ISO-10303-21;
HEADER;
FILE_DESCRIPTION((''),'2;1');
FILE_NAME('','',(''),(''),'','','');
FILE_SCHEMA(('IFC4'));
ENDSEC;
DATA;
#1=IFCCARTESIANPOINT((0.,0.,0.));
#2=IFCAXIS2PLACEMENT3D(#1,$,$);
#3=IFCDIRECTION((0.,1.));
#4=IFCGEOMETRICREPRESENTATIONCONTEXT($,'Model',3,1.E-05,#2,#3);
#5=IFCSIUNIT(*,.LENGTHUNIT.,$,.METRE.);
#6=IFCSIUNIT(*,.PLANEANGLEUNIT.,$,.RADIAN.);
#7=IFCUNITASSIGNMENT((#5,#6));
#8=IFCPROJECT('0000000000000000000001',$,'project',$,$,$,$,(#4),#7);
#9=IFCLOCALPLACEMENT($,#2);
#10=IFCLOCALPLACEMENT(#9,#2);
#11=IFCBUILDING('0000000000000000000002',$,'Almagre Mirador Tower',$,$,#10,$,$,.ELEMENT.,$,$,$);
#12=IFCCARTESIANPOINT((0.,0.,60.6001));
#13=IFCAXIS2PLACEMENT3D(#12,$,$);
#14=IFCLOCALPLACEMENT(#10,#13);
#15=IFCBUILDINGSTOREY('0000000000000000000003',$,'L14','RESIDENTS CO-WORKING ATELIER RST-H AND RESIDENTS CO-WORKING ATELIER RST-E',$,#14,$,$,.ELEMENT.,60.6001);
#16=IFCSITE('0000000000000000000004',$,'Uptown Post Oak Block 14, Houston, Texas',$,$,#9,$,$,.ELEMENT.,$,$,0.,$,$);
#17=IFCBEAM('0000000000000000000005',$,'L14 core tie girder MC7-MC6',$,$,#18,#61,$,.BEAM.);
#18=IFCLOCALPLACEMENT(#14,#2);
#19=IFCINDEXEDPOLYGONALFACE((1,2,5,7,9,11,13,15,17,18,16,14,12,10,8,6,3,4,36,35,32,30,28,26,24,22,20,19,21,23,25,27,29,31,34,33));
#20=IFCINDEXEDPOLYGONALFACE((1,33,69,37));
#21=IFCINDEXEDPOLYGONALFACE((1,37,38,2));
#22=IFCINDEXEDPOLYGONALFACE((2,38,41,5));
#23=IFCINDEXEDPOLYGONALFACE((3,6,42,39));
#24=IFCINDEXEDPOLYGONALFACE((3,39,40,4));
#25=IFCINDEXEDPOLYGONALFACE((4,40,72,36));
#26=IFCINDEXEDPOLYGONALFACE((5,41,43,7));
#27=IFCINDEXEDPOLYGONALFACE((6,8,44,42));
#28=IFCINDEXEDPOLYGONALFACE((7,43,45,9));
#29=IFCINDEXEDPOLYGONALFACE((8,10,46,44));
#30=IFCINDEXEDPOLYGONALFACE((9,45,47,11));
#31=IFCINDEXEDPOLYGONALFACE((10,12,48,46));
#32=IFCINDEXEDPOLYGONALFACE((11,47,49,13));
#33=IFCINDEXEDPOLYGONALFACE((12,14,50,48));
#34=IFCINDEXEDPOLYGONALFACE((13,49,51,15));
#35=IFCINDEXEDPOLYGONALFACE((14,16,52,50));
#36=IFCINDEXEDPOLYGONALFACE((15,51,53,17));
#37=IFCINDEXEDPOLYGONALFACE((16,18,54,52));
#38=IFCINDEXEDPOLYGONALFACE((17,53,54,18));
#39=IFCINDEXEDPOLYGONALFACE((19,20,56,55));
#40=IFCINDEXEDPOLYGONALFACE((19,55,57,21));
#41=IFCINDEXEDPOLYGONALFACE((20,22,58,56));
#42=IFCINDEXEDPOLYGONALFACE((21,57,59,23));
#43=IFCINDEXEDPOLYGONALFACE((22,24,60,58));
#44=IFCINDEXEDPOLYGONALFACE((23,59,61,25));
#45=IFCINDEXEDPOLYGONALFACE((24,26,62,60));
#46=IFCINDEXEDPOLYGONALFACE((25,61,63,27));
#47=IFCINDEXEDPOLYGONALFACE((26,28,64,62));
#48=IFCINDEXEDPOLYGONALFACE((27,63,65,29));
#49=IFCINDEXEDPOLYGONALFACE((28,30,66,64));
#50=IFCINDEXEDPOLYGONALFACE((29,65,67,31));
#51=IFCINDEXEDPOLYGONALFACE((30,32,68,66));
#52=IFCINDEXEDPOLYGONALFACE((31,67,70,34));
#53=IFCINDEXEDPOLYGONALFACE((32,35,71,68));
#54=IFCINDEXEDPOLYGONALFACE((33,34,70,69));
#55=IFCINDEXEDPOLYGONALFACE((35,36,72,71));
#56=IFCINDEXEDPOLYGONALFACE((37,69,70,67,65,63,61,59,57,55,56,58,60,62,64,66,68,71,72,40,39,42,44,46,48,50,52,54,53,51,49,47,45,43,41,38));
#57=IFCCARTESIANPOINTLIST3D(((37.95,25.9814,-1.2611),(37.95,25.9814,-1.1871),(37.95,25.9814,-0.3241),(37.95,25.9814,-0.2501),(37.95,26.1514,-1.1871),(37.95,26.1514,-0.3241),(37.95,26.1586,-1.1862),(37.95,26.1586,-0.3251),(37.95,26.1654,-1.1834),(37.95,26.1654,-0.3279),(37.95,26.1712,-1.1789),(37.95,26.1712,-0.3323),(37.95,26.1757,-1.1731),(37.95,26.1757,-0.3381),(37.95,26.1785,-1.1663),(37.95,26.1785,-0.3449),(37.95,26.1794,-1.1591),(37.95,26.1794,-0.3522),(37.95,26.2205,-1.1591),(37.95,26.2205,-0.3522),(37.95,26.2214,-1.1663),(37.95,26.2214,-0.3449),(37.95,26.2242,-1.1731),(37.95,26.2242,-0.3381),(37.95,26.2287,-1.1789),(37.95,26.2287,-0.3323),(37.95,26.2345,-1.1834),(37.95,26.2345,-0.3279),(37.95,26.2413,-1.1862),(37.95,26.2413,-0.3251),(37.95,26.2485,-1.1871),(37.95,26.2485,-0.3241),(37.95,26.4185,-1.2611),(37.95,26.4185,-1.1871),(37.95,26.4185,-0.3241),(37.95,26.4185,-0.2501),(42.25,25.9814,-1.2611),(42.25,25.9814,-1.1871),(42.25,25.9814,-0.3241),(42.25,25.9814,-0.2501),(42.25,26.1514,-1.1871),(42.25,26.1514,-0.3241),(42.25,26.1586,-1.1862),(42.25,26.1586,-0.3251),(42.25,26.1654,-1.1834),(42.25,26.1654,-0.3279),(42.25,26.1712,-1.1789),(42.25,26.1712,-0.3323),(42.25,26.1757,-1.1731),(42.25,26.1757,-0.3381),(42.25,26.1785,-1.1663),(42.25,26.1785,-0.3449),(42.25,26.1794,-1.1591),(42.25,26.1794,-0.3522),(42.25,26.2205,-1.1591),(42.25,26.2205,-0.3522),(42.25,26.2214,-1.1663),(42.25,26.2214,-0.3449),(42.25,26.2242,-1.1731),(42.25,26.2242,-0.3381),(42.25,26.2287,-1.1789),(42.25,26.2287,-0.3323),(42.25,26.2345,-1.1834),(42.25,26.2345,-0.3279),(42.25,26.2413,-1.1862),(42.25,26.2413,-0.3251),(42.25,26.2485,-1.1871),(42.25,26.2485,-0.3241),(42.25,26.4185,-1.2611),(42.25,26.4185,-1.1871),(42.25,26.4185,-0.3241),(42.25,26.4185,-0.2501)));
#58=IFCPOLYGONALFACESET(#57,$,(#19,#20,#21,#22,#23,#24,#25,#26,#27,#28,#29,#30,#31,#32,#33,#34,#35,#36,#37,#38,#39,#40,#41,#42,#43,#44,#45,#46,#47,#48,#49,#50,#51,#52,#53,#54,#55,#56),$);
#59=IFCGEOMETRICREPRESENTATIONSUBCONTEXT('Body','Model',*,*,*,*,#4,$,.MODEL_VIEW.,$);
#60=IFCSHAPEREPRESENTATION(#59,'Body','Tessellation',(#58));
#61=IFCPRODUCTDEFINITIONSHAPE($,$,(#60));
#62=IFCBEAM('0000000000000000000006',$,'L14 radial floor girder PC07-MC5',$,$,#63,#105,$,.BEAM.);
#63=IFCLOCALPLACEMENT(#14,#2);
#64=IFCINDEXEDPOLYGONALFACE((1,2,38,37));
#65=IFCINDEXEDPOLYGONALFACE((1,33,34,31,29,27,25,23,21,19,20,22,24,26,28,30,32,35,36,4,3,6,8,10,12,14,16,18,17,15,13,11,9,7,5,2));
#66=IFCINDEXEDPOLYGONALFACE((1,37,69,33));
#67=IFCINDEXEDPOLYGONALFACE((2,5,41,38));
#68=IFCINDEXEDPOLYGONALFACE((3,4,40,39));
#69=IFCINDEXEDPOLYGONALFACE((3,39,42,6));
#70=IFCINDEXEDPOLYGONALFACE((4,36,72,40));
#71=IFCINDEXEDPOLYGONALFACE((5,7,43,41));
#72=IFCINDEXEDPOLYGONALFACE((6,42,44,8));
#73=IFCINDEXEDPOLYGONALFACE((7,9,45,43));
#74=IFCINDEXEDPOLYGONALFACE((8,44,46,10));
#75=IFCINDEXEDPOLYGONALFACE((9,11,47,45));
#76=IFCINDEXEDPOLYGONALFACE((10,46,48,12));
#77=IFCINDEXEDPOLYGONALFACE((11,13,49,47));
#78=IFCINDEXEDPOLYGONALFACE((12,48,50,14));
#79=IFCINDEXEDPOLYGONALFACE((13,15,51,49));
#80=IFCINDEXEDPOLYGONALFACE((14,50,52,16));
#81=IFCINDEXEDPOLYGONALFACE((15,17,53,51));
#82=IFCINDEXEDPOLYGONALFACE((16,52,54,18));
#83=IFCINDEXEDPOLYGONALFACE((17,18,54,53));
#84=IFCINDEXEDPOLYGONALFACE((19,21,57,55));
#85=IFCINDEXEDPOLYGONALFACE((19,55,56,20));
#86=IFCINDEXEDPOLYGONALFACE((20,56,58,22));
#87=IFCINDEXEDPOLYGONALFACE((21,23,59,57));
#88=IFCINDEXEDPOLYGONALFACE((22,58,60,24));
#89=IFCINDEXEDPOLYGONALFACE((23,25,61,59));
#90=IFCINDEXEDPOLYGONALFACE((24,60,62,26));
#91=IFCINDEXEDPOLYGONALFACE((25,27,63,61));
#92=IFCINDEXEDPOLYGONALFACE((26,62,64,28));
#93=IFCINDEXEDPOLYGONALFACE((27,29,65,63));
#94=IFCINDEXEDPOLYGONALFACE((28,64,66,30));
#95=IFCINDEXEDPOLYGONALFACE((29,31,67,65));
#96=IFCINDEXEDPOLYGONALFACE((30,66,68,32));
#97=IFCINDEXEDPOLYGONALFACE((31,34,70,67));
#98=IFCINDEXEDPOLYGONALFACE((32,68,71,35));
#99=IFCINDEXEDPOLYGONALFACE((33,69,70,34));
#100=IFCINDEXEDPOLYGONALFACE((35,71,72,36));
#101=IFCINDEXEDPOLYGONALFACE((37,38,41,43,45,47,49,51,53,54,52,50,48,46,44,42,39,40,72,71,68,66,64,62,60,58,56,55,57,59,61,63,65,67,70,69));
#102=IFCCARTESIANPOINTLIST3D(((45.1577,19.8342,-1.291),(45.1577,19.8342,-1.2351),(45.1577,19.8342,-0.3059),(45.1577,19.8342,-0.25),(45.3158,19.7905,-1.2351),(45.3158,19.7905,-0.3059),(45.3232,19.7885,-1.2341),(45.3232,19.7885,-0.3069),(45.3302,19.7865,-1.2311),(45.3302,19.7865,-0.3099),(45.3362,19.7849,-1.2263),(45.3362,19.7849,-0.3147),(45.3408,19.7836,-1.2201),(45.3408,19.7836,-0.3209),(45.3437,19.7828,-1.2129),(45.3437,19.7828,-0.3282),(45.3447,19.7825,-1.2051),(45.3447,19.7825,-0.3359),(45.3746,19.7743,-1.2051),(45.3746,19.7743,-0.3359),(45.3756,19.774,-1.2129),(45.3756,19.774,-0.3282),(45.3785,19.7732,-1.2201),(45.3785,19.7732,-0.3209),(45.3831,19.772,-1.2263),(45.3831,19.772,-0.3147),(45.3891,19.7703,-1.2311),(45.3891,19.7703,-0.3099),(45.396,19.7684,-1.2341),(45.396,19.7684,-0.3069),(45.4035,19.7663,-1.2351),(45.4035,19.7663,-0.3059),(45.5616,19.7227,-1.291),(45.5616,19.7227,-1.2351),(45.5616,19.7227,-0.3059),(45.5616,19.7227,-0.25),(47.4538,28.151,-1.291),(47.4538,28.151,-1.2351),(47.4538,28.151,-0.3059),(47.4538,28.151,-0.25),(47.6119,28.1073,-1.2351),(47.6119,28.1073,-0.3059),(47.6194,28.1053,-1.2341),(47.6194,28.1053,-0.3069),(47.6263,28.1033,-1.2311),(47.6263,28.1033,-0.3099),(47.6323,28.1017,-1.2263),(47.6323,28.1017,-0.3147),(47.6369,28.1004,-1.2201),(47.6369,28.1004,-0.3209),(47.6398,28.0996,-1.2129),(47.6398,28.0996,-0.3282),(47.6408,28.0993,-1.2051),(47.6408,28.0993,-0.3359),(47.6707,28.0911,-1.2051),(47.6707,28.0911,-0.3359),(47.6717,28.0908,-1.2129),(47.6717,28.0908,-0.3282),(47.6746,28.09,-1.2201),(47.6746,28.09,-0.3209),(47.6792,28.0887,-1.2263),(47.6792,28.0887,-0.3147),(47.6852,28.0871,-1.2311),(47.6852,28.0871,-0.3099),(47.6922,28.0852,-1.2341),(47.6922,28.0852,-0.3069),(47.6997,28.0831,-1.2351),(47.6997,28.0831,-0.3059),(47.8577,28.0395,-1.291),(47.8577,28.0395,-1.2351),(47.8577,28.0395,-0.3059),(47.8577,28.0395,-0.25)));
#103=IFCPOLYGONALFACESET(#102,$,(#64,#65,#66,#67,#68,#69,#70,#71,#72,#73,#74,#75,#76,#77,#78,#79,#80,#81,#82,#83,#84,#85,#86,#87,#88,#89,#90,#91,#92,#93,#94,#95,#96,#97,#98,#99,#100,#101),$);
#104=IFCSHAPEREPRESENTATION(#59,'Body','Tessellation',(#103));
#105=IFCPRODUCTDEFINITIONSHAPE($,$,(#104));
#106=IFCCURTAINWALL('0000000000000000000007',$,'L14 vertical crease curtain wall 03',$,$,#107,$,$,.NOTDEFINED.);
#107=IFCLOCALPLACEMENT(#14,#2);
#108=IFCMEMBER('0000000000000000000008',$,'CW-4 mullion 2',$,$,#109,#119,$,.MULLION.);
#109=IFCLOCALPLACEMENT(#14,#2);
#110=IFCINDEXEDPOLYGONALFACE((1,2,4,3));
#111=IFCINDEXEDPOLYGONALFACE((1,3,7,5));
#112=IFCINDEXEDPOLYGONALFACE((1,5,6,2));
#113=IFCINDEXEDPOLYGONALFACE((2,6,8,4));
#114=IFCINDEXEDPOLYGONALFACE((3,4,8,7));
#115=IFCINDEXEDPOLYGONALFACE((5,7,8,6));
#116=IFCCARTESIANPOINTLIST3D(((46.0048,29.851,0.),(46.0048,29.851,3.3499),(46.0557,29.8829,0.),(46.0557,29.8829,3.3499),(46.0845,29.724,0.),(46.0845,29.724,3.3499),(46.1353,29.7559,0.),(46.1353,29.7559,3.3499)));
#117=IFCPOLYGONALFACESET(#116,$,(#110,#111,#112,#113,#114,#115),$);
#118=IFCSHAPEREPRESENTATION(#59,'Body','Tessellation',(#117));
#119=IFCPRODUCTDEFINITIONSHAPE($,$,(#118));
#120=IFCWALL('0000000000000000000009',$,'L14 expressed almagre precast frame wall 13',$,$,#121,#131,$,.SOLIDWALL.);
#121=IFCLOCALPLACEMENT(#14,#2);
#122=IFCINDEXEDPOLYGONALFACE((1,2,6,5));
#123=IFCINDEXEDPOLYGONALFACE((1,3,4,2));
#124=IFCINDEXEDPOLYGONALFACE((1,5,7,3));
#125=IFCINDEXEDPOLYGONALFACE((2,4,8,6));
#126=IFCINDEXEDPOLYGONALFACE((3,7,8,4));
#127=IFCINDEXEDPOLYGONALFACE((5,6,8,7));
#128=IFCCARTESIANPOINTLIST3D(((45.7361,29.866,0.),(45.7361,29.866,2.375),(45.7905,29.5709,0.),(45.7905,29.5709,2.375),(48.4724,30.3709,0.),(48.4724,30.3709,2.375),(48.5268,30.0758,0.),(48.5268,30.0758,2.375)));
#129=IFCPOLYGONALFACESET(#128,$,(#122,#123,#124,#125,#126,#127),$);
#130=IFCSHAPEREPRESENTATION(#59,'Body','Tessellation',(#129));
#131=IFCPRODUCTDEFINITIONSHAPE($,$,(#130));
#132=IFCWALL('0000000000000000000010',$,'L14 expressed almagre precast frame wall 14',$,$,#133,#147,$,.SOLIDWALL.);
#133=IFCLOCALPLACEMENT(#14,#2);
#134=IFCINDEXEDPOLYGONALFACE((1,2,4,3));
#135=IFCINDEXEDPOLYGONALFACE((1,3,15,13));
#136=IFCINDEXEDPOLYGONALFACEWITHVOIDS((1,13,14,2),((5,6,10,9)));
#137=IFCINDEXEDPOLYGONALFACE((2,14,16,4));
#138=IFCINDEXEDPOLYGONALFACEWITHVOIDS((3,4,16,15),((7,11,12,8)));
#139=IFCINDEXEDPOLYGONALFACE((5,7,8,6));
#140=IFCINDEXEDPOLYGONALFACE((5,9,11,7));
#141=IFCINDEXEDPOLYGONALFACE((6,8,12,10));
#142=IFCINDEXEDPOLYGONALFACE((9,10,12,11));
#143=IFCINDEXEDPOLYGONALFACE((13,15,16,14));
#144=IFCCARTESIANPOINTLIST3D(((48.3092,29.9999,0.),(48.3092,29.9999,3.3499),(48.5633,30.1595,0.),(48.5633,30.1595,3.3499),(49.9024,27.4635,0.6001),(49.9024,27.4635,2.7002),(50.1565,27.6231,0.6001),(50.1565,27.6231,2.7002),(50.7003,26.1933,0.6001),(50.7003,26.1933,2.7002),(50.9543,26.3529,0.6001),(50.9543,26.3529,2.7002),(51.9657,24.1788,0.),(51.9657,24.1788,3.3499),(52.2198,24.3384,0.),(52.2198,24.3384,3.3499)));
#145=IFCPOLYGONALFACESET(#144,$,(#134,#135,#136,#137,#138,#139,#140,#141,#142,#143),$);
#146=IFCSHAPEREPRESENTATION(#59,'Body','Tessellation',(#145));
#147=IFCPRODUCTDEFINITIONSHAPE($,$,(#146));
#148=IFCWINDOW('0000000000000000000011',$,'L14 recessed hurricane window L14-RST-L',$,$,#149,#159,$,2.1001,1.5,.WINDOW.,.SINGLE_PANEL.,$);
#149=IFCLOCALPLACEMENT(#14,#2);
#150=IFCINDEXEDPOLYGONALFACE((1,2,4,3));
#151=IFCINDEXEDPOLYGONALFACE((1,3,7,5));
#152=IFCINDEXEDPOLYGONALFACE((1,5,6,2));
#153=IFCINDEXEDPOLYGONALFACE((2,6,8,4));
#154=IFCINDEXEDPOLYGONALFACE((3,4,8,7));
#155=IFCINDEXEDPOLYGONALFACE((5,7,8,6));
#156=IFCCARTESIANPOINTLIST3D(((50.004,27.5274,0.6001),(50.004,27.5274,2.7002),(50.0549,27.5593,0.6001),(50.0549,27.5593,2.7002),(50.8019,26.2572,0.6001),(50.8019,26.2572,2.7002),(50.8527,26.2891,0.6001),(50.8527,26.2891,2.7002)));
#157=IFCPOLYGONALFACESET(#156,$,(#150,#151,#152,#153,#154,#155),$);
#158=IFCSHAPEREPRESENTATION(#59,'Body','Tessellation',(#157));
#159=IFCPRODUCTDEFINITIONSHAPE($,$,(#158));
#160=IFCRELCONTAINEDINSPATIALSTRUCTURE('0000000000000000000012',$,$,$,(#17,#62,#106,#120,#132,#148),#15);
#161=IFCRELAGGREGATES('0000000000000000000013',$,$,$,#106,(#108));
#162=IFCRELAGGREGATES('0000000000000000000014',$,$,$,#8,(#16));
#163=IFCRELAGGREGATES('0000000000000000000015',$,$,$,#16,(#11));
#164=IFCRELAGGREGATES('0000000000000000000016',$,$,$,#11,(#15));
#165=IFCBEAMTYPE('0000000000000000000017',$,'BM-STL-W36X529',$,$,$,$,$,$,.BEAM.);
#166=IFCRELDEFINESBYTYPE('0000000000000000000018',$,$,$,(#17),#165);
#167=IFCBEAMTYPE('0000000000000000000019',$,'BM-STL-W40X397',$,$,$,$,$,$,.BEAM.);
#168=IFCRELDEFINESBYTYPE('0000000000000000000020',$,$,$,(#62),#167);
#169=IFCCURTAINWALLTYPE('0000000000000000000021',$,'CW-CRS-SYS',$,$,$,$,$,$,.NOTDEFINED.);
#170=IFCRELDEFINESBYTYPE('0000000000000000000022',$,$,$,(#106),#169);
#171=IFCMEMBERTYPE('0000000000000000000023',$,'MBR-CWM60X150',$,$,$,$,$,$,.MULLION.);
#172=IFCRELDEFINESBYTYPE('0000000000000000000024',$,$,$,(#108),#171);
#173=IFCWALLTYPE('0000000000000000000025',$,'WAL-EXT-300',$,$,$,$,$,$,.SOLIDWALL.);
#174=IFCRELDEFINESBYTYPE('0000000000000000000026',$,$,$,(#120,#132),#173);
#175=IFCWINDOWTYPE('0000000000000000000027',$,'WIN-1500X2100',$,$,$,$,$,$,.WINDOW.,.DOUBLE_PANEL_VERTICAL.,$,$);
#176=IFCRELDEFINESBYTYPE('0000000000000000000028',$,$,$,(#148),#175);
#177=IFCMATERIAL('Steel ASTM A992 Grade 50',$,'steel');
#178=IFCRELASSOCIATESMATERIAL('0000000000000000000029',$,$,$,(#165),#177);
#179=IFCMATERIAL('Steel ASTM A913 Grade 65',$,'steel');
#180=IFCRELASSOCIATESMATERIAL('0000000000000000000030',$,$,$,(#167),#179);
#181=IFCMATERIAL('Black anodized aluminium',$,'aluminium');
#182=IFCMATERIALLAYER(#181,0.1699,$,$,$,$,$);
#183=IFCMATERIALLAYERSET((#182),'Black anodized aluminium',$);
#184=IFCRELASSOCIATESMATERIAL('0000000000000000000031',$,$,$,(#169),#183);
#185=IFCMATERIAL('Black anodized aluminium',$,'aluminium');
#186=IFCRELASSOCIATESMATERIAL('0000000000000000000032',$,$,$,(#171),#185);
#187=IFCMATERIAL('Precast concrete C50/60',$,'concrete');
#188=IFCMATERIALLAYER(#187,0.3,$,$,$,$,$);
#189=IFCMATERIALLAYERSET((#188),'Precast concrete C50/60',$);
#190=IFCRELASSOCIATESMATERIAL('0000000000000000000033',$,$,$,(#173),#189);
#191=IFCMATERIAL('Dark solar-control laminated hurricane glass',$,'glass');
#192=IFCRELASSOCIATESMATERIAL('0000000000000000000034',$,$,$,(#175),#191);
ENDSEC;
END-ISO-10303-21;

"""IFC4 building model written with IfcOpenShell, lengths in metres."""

from ifc_helpers import new_model, si_unit, direction, frame, frame_2d, origin, origin_2d, place, context, subcontext, project, spatial, rectangle, i_section, extrude, material, layer, layer_set, material_profile, profile_set, type_object, element, fill, aggregate, save


model = new_model("IFC4")

# Units and contexts
model_context = context("Model", 3, precision=1e-05, world=origin(), true_north=direction((0.0, 1.0)))
body_context = subcontext(model_context, "Body", "Model", "MODEL_VIEW")
ifc_project = project(units=[si_unit("LENGTHUNIT", "METRE"), si_unit("PLANEANGLEUNIT", "RADIAN")], contexts=[model_context])

# Site, building, storey
site_placement = place(None, origin())
site = spatial("IfcSite", under=ifc_project, at=site_placement, Name="Uptown Post Oak Block 14, Houston, Texas", CompositionType="ELEMENT", RefElevation=0.0)
building_placement = place(site_placement, origin())
building = spatial("IfcBuilding", under=site, at=building_placement, Name="Almagre Mirador Tower", CompositionType="ELEMENT")
storey_placement = place(building_placement, frame((0.0, 0.0, 60.6001)))
storey = spatial("IfcBuildingStorey", under=building, at=storey_placement, Name="L14", Description="RESIDENTS CO-WORKING ATELIER RST-H AND RESIDENTS CO-WORKING ATELIER RST-E", CompositionType="ELEMENT", Elevation=60.6001)

# Beams
ifc_material_1 = material(Name="Steel ASTM A992 Grade 50", Category="steel")
ifc_material_profile_1 = material_profile(ifc_material_1, i_section(OverallWidth=0.437, OverallDepth=1.011, WebThickness=0.041, FlangeThickness=0.074, FilletRadius=0.0281, at=origin_2d()), Name="W36X529")
ifc_profile_set_1 = profile_set([ifc_material_profile_1], Name="Steel ASTM A992 Grade 50")
beam_type_1 = type_object("IfcBeamType", Name="BM-STL-W36X529", PredefinedType="BEAM", material=ifc_profile_set_1)
beam_1_placement = place(storey_placement, frame((37.95, 26.2, -0.7556), z_axis=(1.0, 0.0, 0.0), x_axis=(0.0, 1.0, 0.0)))
element("IfcBeam", 1, at=beam_1_placement, inside=storey, type_object=beam_type_1, Name="L14 core tie girder MC7-MC6", PredefinedType="BEAM", context=body_context, shape_type="SweptSolid", body=[
    extrude(i_section(OverallWidth=0.437, OverallDepth=1.011, WebThickness=0.041, FlangeThickness=0.074, FilletRadius=0.0281, at=origin_2d()), origin(), (0.0, 0.0, 1.0), 4.3),
])
ifc_material_2 = material(Name="Steel ASTM A913 Grade 65", Category="steel")
ifc_material_profile_2 = material_profile(ifc_material_2, i_section(OverallWidth=0.4189, OverallDepth=1.041, WebThickness=0.031, FlangeThickness=0.0559, FilletRadius=0.03, at=origin_2d()), Name="W40X397")
ifc_profile_set_2 = profile_set([ifc_material_profile_2], Name="Steel ASTM A913 Grade 65")
beam_type_2 = type_object("IfcBeamType", Name="BM-STL-W40X397", PredefinedType="BEAM", material=ifc_profile_set_2)
beam_2_placement = place(storey_placement, frame((47.6558, 28.0952, -0.7705), z_axis=(-0.266126, -0.963938, 0.0), x_axis=(0.963938, -0.266126, 0.0)))
element("IfcBeam", 2, at=beam_2_placement, inside=storey, type_object=beam_type_2, Name="L14 radial floor girder PC07-MC5", PredefinedType="BEAM", context=body_context, shape_type="SweptSolid", body=[
    extrude(i_section(OverallWidth=0.4189, OverallDepth=1.041, WebThickness=0.031, FlangeThickness=0.0559, FilletRadius=0.03, at=origin_2d()), origin(), (0.0, 0.0, 1.0), 8.6279),
])

# Curtain wall, member
ifc_material_3 = material(Name="Black anodized aluminium", Category="aluminium")
ifc_layer_1 = layer(ifc_material_3, 0.1699)
ifc_layer_set_1 = layer_set([ifc_layer_1], Name="Black anodized aluminium")
curtain_wall_type = type_object("IfcCurtainWallType", Name="CW-CRS-SYS", PredefinedType="NOTDEFINED", material=ifc_layer_set_1)
curtain_wall_placement = place(storey_placement, origin())
curtain_wall = element("IfcCurtainWall", 3, at=curtain_wall_placement, inside=storey, type_object=curtain_wall_type, Name="L14 vertical crease curtain wall 03", PredefinedType="NOTDEFINED")
ifc_material_4 = material(Name="Black anodized aluminium", Category="aluminium")
ifc_material_profile_3 = material_profile(ifc_material_4, rectangle(XDim=0.0601, YDim=0.1499, at=origin_2d()), Name="CWM60X150")
ifc_profile_set_3 = profile_set([ifc_material_profile_3], Name="Black anodized aluminium")
member_type = type_object("IfcMemberType", Name="MBR-CWM60X150", PredefinedType="MULLION", material=ifc_profile_set_3)
member_placement = place(storey_placement, frame((46.0701, 29.8035, 0.0), z_axis=(0.0, 0.0, 1.0), x_axis=(0.846975, 0.531632, 0.0)))
member = element("IfcMember", 4, at=member_placement, type_object=member_type, Name="CW-4 mullion 2", PredefinedType="MULLION", context=body_context, shape_type="SweptSolid", body=[
    extrude(rectangle(XDim=0.0601, YDim=0.1499, at=origin_2d()), origin(), (0.0, 0.0, 1.0), 3.3499),
])
aggregate(curtain_wall, [member])

# Wall
ifc_material_5 = material(Name="Precast concrete C50/60", Category="concrete")
ifc_layer_2 = layer(ifc_material_5, 0.3)
ifc_layer_set_2 = layer_set([ifc_layer_2], Name="Precast concrete C50/60")
wall_type_1 = type_object("IfcWallType", Name="WAL-EXT-300", PredefinedType="SOLIDWALL", material=ifc_layer_set_2)
wall_1_placement = place(storey_placement, frame((45.7634, 29.7185, 0.0), z_axis=(0.0, 0.0, 1.0), x_axis=(0.9834, 0.181448, 0.0)))
element("IfcWall", 5, at=wall_1_placement, inside=storey, type_object=wall_type_1, Name="L14 expressed almagre precast frame wall 13", PredefinedType="SOLIDWALL", context=body_context, shape_type="SweptSolid", body=[
    extrude(rectangle(XDim=2.7825, YDim=0.3, at=frame_2d((1.3911, 0.0))), origin(), (0.0, 0.0, 1.0), 2.375),
])

# Wall, opening, window
wall_2_placement = place(storey_placement, frame((48.4363, 30.0796, 0.0), z_axis=(0.0, 0.0, 1.0), x_axis=(0.531916, -0.846797, 0.0)))
wall_2 = element("IfcWall", 6, at=wall_2_placement, inside=storey, type_object=wall_type_1, Name="L14 expressed almagre precast frame wall 14", PredefinedType="SOLIDWALL", context=body_context, shape_type="SweptSolid", body=[
    extrude(rectangle(XDim=6.8743, YDim=0.3, at=frame_2d((3.437, 0.0))), origin(), (0.0, 0.0, 1.0), 3.3499),
])
opening_1_placement = place(wall_2_placement, frame((2.9951, 0.0, 0.6001)))
opening_1 = element("IfcOpeningElement", 7, at=opening_1_placement, cuts=wall_2, PredefinedType="OPENING", context=body_context, shape_type="SweptSolid", body=[
    extrude(rectangle(XDim=1.5, YDim=2.1001, at=frame_2d((0.75, 1.05))), frame((0.0, 0.1599, 0.0), z_axis=(0.0, -1.0, 0.0), x_axis=(1.0, 0.0, 0.0)), (0.0, 0.0, 1.0), 0.32),
])
ifc_material_6 = material(Name="Dark solar-control laminated hurricane glass", Category="glass")
window_type = type_object("IfcWindowType", Name="WIN-1500X2100", PartitioningType="DOUBLE_PANEL_VERTICAL", PredefinedType="WINDOW", material=ifc_material_6)
window_placement = place(opening_1_placement, origin())
window = element("IfcWindow", 8, at=window_placement, inside=storey, type_object=window_type, Name="L14 recessed hurricane window L14-RST-L", OverallHeight=2.1001, OverallWidth=1.5, PartitioningType="SINGLE_PANEL", PredefinedType="WINDOW", context=body_context, shape_type="SweptSolid", body=[
    extrude(rectangle(XDim=1.5, YDim=2.1001, at=frame_2d((0.75, 1.05))), frame((0.0, 0.03, 0.0), z_axis=(0.0, -1.0, 0.0), x_axis=(1.0, 0.0, 0.0)), (0.0, 0.0, 1.0), 0.0601),
])
fill(opening_1, window)

save(model, "model.ifc")
